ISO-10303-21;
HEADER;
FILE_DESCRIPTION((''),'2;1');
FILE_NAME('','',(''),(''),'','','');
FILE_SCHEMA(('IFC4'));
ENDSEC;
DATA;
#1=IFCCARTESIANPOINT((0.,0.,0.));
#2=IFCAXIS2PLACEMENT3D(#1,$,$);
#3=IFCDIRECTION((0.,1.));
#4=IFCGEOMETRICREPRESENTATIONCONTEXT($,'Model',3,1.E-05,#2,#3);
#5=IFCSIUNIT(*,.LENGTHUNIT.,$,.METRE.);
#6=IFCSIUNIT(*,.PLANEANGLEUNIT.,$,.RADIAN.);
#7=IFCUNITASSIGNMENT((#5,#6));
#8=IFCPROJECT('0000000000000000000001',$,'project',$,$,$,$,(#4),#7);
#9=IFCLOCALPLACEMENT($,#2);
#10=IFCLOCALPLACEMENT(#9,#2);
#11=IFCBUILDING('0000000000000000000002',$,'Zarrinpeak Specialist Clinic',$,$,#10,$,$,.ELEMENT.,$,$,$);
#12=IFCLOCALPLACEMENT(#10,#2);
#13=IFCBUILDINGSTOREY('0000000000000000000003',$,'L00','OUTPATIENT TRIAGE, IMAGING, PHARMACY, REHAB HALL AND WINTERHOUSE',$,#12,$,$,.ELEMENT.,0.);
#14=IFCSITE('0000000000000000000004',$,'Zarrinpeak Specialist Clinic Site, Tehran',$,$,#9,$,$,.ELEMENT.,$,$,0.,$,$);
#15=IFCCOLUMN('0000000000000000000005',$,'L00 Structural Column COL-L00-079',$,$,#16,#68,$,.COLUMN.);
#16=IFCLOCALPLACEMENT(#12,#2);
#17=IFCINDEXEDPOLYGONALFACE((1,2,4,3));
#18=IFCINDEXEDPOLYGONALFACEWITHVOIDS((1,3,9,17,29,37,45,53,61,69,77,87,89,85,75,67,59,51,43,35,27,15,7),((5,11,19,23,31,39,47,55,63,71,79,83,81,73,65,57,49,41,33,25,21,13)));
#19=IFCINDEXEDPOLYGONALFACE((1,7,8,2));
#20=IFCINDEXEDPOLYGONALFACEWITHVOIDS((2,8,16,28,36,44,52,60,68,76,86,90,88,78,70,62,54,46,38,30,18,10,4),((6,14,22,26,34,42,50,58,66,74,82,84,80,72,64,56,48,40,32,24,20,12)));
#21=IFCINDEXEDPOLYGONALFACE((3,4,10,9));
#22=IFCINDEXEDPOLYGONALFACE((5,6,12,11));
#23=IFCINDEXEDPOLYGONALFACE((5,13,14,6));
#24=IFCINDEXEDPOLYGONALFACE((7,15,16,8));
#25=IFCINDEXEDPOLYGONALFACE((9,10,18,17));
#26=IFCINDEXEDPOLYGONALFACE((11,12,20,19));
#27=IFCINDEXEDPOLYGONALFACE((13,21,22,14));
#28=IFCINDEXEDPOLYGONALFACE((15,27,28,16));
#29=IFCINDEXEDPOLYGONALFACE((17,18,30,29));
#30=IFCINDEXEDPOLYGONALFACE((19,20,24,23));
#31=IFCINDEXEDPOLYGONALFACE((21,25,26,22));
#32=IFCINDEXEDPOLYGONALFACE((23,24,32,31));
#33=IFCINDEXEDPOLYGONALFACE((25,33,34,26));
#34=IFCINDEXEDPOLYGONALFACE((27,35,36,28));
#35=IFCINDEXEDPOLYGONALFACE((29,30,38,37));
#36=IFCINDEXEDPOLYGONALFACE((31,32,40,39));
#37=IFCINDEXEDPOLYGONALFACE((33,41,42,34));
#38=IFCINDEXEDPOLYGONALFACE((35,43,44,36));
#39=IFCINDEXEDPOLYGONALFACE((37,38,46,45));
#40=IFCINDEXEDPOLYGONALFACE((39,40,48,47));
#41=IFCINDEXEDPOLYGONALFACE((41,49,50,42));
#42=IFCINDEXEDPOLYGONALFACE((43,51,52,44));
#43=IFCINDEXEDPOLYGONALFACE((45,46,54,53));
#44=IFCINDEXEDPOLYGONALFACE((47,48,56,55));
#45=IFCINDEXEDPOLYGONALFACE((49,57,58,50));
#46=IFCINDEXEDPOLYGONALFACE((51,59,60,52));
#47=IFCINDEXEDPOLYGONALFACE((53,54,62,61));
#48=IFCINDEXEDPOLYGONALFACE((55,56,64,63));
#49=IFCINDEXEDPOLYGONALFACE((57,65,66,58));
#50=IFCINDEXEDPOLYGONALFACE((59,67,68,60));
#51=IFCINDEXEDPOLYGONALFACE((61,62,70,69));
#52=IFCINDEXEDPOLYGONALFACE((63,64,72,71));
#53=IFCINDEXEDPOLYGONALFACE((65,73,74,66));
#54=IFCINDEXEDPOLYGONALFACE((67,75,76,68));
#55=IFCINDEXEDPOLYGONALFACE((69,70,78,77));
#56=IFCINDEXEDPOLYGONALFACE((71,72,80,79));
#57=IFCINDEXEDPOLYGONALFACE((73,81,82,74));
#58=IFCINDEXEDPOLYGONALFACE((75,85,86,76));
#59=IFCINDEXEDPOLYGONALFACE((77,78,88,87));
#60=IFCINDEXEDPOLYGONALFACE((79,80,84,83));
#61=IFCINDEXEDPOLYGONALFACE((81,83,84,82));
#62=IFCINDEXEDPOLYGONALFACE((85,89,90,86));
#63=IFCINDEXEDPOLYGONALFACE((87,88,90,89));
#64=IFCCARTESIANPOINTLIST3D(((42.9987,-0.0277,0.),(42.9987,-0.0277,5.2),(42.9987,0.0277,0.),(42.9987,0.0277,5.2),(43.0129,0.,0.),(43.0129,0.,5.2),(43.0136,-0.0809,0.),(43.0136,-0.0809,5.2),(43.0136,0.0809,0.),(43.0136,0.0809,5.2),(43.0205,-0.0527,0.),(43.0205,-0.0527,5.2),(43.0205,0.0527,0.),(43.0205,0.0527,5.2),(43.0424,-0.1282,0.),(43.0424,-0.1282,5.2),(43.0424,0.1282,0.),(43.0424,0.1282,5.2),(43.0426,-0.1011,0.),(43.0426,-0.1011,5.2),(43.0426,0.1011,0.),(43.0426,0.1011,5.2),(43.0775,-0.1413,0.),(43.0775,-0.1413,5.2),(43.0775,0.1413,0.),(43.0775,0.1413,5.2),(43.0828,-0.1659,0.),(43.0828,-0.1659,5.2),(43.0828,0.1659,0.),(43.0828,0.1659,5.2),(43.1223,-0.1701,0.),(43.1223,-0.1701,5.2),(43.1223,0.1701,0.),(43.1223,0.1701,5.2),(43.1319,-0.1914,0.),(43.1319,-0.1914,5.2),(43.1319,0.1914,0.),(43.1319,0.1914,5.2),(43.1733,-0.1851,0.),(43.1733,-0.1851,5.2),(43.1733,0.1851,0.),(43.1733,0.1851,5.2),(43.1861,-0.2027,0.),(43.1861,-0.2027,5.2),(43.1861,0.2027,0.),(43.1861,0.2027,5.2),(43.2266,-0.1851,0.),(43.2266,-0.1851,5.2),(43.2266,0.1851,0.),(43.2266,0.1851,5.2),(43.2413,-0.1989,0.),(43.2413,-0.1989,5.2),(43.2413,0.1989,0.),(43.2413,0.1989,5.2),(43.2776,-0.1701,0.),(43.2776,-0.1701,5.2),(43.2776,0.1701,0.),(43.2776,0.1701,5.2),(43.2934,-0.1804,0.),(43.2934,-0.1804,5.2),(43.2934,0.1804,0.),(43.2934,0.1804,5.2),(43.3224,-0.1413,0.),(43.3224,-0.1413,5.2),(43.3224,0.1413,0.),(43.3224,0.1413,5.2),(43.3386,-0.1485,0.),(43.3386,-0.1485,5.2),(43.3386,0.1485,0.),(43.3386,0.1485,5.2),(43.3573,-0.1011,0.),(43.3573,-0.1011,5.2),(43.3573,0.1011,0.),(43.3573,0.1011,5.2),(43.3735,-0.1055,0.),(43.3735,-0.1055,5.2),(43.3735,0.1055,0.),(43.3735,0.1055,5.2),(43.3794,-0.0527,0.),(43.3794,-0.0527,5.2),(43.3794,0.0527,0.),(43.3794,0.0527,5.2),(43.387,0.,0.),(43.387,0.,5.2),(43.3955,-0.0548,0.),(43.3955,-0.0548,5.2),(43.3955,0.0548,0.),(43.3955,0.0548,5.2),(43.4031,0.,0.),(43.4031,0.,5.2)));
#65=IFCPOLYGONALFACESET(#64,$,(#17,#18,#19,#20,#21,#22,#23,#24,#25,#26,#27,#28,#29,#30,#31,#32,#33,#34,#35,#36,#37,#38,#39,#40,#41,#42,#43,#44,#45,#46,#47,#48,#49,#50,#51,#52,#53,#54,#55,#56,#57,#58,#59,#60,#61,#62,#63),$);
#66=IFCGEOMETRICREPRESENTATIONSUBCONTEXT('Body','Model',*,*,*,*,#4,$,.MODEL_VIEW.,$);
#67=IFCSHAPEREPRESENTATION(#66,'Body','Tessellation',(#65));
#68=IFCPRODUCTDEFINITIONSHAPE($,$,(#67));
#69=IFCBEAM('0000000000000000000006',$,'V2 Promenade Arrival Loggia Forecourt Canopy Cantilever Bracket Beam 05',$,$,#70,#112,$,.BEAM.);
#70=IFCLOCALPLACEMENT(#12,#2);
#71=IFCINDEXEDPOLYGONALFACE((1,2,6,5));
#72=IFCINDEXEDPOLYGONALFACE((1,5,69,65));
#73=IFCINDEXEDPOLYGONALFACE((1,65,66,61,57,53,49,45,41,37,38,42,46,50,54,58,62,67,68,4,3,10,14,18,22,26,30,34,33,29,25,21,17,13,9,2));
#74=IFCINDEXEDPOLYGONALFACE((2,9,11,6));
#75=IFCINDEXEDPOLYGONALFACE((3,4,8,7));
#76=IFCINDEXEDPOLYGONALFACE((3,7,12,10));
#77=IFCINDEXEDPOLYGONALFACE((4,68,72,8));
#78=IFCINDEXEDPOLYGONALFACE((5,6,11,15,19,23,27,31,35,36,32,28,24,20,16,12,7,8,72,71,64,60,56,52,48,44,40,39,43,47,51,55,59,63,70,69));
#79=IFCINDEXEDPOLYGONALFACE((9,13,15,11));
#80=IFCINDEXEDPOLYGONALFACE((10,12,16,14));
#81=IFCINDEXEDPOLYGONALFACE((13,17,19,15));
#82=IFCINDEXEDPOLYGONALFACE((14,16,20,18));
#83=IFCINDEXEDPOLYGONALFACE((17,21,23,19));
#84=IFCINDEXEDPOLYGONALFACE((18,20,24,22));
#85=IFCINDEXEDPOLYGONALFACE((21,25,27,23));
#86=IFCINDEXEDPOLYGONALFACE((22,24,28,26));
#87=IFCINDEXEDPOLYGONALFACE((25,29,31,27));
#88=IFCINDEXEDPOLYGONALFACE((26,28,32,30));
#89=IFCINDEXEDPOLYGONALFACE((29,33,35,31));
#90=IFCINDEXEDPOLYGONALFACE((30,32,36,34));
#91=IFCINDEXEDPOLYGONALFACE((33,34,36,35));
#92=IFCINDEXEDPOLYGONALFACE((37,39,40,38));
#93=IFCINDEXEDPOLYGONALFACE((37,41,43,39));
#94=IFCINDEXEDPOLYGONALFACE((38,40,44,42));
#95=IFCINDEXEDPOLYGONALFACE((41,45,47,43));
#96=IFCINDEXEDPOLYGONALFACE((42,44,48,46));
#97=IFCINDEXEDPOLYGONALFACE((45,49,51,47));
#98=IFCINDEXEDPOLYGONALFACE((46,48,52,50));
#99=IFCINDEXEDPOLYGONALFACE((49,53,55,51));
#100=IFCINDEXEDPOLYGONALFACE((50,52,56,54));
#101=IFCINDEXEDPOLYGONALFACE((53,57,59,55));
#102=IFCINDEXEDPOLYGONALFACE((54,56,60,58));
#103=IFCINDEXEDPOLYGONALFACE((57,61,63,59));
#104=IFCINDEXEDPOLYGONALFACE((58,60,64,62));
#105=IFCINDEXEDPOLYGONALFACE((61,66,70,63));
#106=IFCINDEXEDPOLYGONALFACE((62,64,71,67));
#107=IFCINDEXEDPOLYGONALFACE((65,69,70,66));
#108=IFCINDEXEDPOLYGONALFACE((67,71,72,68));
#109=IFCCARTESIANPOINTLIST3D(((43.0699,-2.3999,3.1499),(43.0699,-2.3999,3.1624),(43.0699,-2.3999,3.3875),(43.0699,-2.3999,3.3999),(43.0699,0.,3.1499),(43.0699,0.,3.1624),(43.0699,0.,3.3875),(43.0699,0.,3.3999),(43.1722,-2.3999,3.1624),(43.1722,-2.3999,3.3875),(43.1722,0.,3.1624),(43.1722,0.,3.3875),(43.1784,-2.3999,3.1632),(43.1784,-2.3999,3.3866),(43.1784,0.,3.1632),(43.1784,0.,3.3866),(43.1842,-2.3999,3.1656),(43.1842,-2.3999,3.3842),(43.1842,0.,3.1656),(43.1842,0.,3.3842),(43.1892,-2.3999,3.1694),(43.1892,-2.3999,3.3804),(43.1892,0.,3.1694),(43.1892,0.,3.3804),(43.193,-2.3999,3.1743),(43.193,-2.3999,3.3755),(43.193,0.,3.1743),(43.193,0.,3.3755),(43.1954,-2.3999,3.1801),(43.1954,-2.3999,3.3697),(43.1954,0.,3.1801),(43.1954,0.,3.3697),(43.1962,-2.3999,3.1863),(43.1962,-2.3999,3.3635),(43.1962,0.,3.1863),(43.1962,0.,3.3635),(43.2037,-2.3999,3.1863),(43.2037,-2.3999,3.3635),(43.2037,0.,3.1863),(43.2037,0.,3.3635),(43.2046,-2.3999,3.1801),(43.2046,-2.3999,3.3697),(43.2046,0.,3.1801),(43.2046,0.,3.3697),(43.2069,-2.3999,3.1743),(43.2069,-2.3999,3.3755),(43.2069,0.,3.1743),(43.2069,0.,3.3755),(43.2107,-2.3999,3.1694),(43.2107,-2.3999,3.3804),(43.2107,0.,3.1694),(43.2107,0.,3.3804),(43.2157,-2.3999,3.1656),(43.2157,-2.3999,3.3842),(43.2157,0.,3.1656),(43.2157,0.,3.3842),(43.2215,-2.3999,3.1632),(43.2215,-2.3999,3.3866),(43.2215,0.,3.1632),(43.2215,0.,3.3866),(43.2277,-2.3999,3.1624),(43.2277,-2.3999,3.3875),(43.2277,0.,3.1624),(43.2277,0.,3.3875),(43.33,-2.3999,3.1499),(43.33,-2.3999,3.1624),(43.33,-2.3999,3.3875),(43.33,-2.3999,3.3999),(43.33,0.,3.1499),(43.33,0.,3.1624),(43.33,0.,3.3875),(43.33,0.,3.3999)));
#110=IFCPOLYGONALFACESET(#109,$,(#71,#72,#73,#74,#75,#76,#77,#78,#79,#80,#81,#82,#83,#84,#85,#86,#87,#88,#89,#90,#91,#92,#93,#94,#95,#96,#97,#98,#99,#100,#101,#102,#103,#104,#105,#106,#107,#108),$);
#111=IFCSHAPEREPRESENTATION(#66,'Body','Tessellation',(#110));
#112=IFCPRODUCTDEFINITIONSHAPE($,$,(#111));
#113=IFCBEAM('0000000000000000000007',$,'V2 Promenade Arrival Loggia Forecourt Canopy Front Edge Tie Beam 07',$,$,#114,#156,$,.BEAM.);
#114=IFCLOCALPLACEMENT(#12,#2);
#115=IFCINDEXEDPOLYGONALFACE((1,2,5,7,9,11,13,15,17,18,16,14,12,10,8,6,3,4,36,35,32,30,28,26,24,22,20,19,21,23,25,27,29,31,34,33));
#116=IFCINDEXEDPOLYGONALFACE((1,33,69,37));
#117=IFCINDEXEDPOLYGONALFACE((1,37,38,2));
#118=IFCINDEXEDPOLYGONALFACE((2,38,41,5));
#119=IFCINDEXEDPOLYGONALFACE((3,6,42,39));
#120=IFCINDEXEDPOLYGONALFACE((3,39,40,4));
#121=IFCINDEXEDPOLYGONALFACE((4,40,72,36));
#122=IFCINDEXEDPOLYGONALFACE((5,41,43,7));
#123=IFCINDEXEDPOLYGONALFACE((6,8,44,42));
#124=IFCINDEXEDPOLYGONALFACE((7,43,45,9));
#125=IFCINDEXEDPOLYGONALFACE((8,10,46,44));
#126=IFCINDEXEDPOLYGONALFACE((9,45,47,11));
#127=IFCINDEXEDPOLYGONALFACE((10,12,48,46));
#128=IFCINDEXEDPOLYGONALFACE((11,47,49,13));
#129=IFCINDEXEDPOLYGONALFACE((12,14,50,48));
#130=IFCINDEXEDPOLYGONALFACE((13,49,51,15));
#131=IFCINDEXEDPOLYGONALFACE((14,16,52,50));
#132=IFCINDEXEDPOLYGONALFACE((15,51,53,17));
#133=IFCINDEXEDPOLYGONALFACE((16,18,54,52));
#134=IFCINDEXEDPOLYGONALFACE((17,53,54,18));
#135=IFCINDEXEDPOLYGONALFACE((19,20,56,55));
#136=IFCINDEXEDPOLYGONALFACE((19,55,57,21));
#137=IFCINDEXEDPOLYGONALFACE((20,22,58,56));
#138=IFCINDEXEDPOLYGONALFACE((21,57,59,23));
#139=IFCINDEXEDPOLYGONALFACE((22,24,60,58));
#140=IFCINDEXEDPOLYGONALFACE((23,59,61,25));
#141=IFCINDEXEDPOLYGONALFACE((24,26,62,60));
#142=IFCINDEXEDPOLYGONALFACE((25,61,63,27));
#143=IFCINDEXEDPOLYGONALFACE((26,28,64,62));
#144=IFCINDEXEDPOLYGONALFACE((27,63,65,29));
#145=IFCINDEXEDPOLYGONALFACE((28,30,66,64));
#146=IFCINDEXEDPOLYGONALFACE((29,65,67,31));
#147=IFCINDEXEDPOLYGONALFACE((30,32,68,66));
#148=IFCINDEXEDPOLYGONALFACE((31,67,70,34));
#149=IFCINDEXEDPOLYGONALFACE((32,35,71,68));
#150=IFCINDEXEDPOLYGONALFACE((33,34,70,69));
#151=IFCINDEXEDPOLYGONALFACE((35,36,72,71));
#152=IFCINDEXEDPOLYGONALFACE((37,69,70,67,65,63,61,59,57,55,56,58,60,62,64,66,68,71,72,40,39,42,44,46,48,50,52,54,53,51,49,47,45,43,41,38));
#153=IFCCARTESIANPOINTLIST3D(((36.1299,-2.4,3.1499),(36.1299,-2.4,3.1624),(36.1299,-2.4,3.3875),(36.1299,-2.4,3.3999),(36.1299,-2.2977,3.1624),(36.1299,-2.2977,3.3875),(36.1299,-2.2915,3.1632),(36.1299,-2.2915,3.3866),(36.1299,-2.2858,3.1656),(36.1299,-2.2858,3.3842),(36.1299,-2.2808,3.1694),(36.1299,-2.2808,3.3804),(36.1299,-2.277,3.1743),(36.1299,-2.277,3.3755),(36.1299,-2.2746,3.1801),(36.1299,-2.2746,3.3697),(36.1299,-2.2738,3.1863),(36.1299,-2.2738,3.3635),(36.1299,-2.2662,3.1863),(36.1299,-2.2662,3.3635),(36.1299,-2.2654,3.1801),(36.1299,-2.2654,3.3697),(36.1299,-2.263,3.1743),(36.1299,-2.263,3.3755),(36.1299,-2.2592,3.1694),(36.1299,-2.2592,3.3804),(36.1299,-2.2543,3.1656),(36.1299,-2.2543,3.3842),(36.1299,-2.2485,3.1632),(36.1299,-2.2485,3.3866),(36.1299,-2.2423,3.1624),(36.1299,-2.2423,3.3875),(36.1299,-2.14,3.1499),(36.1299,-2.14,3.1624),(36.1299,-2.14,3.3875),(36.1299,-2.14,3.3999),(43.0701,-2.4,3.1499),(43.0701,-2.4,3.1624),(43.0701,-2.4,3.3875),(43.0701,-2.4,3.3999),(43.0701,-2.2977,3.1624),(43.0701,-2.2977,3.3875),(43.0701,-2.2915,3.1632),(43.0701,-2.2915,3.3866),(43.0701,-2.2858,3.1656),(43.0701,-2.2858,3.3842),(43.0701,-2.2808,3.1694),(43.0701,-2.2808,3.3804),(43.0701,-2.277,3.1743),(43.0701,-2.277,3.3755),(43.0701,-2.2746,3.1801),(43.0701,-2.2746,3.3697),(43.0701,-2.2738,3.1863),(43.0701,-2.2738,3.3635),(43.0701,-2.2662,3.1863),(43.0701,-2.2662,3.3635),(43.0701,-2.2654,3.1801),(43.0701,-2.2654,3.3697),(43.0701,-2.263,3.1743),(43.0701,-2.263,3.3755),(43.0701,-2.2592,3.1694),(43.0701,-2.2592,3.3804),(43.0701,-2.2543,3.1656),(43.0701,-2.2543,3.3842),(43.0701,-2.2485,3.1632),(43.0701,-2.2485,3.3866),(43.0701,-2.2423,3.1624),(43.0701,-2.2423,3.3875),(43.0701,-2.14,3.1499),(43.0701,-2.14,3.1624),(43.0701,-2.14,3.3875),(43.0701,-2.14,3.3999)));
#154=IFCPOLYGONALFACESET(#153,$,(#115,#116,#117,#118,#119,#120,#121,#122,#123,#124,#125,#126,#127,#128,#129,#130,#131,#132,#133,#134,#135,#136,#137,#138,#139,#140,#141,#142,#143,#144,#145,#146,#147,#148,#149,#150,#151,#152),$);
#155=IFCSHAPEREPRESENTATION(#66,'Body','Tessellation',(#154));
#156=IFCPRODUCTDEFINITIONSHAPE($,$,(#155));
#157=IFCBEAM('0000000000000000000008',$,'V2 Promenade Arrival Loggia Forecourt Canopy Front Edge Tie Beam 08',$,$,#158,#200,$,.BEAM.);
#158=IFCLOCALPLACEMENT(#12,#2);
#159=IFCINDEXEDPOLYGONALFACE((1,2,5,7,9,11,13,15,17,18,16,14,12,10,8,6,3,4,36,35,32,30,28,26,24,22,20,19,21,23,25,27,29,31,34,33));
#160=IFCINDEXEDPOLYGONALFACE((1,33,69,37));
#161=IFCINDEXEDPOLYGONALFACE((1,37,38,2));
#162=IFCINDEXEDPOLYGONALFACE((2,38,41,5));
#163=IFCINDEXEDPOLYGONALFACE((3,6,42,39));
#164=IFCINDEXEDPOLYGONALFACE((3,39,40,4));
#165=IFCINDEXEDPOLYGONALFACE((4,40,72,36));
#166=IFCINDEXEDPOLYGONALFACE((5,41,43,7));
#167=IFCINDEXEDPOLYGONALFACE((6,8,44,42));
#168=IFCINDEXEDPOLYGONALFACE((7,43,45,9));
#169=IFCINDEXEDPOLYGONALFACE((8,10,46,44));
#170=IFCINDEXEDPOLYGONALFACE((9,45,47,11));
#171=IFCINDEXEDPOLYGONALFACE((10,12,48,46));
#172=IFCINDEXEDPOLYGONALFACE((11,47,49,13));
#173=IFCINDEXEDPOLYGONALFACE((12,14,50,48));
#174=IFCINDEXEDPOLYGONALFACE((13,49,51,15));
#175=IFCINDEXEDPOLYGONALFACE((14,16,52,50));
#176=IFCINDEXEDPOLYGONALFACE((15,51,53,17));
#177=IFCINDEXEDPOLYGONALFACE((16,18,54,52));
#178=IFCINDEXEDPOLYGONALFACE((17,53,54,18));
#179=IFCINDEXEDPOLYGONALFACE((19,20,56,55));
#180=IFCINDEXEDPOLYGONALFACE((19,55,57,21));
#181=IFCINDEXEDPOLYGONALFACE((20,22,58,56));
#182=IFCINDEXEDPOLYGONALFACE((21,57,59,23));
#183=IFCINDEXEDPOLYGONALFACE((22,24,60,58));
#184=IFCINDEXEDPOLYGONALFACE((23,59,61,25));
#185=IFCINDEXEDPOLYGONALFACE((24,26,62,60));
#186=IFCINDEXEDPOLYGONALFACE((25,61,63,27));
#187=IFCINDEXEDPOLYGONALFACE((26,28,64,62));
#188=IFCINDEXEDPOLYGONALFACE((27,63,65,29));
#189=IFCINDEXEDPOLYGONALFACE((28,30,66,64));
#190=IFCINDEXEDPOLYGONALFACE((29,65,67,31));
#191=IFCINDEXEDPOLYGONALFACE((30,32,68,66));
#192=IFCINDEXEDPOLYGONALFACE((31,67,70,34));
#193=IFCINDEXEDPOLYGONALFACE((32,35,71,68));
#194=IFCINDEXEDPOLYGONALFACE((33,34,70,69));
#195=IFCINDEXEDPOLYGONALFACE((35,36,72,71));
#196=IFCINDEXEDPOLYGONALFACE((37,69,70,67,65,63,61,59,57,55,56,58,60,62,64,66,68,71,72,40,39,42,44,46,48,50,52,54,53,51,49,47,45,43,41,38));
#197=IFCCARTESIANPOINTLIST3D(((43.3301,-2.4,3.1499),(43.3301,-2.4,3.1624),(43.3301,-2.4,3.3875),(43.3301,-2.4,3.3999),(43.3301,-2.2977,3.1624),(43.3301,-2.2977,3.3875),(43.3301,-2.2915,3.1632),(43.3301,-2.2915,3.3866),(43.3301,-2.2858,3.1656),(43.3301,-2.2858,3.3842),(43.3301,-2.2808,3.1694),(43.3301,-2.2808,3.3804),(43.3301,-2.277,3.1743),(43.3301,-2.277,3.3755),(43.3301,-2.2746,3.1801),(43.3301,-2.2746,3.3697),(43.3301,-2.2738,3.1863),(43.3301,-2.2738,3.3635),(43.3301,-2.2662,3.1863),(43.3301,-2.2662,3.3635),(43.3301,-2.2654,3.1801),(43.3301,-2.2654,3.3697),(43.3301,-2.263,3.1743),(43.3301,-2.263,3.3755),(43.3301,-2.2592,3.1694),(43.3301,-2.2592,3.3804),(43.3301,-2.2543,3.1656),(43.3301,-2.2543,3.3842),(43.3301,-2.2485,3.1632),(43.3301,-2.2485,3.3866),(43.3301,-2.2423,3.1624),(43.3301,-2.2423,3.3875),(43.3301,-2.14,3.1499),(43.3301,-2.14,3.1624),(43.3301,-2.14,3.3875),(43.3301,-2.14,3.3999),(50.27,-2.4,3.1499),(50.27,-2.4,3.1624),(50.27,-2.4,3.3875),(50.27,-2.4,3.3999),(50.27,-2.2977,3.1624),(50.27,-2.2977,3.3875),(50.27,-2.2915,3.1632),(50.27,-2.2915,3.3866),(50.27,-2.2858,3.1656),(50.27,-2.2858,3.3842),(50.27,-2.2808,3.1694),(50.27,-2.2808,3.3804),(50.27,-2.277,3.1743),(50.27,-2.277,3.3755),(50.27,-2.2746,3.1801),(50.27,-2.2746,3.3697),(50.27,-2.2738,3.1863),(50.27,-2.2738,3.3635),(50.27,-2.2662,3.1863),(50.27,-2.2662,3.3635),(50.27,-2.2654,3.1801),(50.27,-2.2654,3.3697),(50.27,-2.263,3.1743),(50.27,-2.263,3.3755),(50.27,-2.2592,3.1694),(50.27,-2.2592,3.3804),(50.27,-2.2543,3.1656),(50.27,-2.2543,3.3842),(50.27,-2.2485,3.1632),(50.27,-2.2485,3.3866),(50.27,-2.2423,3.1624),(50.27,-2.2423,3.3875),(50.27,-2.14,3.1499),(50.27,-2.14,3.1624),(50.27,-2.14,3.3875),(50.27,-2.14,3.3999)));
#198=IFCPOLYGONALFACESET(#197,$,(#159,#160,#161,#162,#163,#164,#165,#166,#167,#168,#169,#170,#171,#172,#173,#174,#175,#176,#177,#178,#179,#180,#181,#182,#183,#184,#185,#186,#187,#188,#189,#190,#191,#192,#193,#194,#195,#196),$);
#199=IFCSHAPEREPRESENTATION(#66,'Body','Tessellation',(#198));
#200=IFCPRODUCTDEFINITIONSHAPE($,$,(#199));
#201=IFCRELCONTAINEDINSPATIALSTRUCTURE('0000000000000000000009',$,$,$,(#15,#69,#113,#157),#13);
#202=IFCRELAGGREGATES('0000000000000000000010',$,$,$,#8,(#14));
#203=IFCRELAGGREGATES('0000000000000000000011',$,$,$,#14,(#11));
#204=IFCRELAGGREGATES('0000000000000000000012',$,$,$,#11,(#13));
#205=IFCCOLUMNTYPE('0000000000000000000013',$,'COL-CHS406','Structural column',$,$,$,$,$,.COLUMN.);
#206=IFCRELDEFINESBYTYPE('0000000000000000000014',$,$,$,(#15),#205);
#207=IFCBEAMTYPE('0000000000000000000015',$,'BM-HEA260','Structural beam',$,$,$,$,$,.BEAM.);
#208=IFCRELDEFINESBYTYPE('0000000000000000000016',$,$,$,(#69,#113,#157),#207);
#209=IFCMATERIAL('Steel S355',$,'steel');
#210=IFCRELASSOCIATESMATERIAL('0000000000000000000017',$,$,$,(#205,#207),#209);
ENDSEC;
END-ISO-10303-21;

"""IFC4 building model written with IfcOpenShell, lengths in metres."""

from ifc_helpers import new_model, si_unit, direction, frame, origin, origin_2d, place, context, subcontext, project, spatial, hollow_circle, i_section, extrude, material, material_profile, profile_set, type_object, element, save


model = new_model("IFC4")

# Units and contexts
model_context = context("Model", 3, precision=1e-05, world=origin(), true_north=direction((0.0, 1.0)))
body_context = subcontext(model_context, "Body", "Model", "MODEL_VIEW")
ifc_project = project(units=[si_unit("LENGTHUNIT", "METRE"), si_unit("PLANEANGLEUNIT", "RADIAN")], contexts=[model_context])

# Site, building, storey
site_placement = place(None, origin())
site = spatial("IfcSite", under=ifc_project, at=site_placement, Name="Zarrinpeak Specialist Clinic Site, Tehran", CompositionType="ELEMENT", RefElevation=0.0)
building_placement = place(site_placement, origin())
building = spatial("IfcBuilding", under=site, at=building_placement, Name="Zarrinpeak Specialist Clinic", CompositionType="ELEMENT")
storey_placement = place(building_placement, origin())
storey = spatial("IfcBuildingStorey", under=building, at=storey_placement, Name="L00", Description="OUTPATIENT TRIAGE, IMAGING, PHARMACY, REHAB HALL AND WINTERHOUSE", CompositionType="ELEMENT", Elevation=0.0)

# Column
ifc_material_1 = material(Name="Steel S355", Category="steel")
ifc_material_profile_1 = material_profile(ifc_material_1, hollow_circle(Radius=0.2031, WallThickness=0.0161, at=origin_2d()), Name="CHS 406.4x16.0")
ifc_profile_set_1 = profile_set([ifc_material_profile_1], Name="Steel S355")
column_type = type_object("IfcColumnType", Name="COL-CHS406", Description="Structural column", PredefinedType="COLUMN", material=ifc_profile_set_1)
column_placement = place(storey_placement, frame((43.2, 0.0, 0.0), z_axis=(0.0, 0.0, 1.0), x_axis=(1.0, 0.0, 0.0)))
element("IfcColumn", 1, at=column_placement, inside=storey, type_object=column_type, Name="L00 Structural Column COL-L00-079", PredefinedType="COLUMN", context=body_context, shape_type="SweptSolid", body=[
    extrude(hollow_circle(Radius=0.2031, WallThickness=0.0161, at=origin_2d()), origin(), (0.0, 0.0, 1.0), 5.2),
])

# Beams
ifc_material_profile_2 = material_profile(ifc_material_1, i_section(OverallWidth=0.26, OverallDepth=0.25, WebThickness=0.0076, FlangeThickness=0.0125, FilletRadius=0.0239, at=origin_2d()), Name="HEA 260")
ifc_profile_set_2 = profile_set([ifc_material_profile_2], Name="Steel S355")
beam_type_1 = type_object("IfcBeamType", Name="BM-HEA260", Description="Structural beam", PredefinedType="BEAM", material=ifc_profile_set_2)
beam_1_placement = place(storey_placement, frame((43.2, 0.0, 3.2749), z_axis=(0.0, -1.0, 0.0), x_axis=(1.0, 0.0, 0.0)))
element("IfcBeam", 2, at=beam_1_placement, inside=storey, type_object=beam_type_1, Name="V2 Promenade Arrival Loggia Forecourt Canopy Cantilever Bracket Beam 05", PredefinedType="BEAM", context=body_context, shape_type="SweptSolid", body=[
    extrude(i_section(OverallWidth=0.26, OverallDepth=0.25, WebThickness=0.0076, FlangeThickness=0.0125, FilletRadius=0.0239, at=origin_2d()), origin(), (0.0, 0.0, 1.0), 2.3999),
])
beam_2_placement = place(storey_placement, frame((36.1299, -2.27, 3.2749), z_axis=(1.0, 0.0, 0.0), x_axis=(0.0, 1.0, 0.0)))
element("IfcBeam", 3, at=beam_2_placement, inside=storey, type_object=beam_type_1, Name="V2 Promenade Arrival Loggia Forecourt Canopy Front Edge Tie Beam 07", PredefinedType="BEAM", context=body_context, shape_type="SweptSolid", body=[
    extrude(i_section(OverallWidth=0.26, OverallDepth=0.25, WebThickness=0.0076, FlangeThickness=0.0125, FilletRadius=0.0239, at=origin_2d()), origin(), (0.0, 0.0, 1.0), 6.9402),
])
beam_3_placement = place(storey_placement, frame((43.3301, -2.27, 3.2749), z_axis=(1.0, 0.0, 0.0), x_axis=(0.0, 1.0, 0.0)))
element("IfcBeam", 4, at=beam_3_placement, inside=storey, type_object=beam_type_1, Name="V2 Promenade Arrival Loggia Forecourt Canopy Front Edge Tie Beam 08", PredefinedType="BEAM", context=body_context, shape_type="SweptSolid", body=[
    extrude(i_section(OverallWidth=0.26, OverallDepth=0.25, WebThickness=0.0076, FlangeThickness=0.0125, FilletRadius=0.0239, at=origin_2d()), origin(), (0.0, 0.0, 1.0), 6.9399),
])

save(model, "model.ifc")
